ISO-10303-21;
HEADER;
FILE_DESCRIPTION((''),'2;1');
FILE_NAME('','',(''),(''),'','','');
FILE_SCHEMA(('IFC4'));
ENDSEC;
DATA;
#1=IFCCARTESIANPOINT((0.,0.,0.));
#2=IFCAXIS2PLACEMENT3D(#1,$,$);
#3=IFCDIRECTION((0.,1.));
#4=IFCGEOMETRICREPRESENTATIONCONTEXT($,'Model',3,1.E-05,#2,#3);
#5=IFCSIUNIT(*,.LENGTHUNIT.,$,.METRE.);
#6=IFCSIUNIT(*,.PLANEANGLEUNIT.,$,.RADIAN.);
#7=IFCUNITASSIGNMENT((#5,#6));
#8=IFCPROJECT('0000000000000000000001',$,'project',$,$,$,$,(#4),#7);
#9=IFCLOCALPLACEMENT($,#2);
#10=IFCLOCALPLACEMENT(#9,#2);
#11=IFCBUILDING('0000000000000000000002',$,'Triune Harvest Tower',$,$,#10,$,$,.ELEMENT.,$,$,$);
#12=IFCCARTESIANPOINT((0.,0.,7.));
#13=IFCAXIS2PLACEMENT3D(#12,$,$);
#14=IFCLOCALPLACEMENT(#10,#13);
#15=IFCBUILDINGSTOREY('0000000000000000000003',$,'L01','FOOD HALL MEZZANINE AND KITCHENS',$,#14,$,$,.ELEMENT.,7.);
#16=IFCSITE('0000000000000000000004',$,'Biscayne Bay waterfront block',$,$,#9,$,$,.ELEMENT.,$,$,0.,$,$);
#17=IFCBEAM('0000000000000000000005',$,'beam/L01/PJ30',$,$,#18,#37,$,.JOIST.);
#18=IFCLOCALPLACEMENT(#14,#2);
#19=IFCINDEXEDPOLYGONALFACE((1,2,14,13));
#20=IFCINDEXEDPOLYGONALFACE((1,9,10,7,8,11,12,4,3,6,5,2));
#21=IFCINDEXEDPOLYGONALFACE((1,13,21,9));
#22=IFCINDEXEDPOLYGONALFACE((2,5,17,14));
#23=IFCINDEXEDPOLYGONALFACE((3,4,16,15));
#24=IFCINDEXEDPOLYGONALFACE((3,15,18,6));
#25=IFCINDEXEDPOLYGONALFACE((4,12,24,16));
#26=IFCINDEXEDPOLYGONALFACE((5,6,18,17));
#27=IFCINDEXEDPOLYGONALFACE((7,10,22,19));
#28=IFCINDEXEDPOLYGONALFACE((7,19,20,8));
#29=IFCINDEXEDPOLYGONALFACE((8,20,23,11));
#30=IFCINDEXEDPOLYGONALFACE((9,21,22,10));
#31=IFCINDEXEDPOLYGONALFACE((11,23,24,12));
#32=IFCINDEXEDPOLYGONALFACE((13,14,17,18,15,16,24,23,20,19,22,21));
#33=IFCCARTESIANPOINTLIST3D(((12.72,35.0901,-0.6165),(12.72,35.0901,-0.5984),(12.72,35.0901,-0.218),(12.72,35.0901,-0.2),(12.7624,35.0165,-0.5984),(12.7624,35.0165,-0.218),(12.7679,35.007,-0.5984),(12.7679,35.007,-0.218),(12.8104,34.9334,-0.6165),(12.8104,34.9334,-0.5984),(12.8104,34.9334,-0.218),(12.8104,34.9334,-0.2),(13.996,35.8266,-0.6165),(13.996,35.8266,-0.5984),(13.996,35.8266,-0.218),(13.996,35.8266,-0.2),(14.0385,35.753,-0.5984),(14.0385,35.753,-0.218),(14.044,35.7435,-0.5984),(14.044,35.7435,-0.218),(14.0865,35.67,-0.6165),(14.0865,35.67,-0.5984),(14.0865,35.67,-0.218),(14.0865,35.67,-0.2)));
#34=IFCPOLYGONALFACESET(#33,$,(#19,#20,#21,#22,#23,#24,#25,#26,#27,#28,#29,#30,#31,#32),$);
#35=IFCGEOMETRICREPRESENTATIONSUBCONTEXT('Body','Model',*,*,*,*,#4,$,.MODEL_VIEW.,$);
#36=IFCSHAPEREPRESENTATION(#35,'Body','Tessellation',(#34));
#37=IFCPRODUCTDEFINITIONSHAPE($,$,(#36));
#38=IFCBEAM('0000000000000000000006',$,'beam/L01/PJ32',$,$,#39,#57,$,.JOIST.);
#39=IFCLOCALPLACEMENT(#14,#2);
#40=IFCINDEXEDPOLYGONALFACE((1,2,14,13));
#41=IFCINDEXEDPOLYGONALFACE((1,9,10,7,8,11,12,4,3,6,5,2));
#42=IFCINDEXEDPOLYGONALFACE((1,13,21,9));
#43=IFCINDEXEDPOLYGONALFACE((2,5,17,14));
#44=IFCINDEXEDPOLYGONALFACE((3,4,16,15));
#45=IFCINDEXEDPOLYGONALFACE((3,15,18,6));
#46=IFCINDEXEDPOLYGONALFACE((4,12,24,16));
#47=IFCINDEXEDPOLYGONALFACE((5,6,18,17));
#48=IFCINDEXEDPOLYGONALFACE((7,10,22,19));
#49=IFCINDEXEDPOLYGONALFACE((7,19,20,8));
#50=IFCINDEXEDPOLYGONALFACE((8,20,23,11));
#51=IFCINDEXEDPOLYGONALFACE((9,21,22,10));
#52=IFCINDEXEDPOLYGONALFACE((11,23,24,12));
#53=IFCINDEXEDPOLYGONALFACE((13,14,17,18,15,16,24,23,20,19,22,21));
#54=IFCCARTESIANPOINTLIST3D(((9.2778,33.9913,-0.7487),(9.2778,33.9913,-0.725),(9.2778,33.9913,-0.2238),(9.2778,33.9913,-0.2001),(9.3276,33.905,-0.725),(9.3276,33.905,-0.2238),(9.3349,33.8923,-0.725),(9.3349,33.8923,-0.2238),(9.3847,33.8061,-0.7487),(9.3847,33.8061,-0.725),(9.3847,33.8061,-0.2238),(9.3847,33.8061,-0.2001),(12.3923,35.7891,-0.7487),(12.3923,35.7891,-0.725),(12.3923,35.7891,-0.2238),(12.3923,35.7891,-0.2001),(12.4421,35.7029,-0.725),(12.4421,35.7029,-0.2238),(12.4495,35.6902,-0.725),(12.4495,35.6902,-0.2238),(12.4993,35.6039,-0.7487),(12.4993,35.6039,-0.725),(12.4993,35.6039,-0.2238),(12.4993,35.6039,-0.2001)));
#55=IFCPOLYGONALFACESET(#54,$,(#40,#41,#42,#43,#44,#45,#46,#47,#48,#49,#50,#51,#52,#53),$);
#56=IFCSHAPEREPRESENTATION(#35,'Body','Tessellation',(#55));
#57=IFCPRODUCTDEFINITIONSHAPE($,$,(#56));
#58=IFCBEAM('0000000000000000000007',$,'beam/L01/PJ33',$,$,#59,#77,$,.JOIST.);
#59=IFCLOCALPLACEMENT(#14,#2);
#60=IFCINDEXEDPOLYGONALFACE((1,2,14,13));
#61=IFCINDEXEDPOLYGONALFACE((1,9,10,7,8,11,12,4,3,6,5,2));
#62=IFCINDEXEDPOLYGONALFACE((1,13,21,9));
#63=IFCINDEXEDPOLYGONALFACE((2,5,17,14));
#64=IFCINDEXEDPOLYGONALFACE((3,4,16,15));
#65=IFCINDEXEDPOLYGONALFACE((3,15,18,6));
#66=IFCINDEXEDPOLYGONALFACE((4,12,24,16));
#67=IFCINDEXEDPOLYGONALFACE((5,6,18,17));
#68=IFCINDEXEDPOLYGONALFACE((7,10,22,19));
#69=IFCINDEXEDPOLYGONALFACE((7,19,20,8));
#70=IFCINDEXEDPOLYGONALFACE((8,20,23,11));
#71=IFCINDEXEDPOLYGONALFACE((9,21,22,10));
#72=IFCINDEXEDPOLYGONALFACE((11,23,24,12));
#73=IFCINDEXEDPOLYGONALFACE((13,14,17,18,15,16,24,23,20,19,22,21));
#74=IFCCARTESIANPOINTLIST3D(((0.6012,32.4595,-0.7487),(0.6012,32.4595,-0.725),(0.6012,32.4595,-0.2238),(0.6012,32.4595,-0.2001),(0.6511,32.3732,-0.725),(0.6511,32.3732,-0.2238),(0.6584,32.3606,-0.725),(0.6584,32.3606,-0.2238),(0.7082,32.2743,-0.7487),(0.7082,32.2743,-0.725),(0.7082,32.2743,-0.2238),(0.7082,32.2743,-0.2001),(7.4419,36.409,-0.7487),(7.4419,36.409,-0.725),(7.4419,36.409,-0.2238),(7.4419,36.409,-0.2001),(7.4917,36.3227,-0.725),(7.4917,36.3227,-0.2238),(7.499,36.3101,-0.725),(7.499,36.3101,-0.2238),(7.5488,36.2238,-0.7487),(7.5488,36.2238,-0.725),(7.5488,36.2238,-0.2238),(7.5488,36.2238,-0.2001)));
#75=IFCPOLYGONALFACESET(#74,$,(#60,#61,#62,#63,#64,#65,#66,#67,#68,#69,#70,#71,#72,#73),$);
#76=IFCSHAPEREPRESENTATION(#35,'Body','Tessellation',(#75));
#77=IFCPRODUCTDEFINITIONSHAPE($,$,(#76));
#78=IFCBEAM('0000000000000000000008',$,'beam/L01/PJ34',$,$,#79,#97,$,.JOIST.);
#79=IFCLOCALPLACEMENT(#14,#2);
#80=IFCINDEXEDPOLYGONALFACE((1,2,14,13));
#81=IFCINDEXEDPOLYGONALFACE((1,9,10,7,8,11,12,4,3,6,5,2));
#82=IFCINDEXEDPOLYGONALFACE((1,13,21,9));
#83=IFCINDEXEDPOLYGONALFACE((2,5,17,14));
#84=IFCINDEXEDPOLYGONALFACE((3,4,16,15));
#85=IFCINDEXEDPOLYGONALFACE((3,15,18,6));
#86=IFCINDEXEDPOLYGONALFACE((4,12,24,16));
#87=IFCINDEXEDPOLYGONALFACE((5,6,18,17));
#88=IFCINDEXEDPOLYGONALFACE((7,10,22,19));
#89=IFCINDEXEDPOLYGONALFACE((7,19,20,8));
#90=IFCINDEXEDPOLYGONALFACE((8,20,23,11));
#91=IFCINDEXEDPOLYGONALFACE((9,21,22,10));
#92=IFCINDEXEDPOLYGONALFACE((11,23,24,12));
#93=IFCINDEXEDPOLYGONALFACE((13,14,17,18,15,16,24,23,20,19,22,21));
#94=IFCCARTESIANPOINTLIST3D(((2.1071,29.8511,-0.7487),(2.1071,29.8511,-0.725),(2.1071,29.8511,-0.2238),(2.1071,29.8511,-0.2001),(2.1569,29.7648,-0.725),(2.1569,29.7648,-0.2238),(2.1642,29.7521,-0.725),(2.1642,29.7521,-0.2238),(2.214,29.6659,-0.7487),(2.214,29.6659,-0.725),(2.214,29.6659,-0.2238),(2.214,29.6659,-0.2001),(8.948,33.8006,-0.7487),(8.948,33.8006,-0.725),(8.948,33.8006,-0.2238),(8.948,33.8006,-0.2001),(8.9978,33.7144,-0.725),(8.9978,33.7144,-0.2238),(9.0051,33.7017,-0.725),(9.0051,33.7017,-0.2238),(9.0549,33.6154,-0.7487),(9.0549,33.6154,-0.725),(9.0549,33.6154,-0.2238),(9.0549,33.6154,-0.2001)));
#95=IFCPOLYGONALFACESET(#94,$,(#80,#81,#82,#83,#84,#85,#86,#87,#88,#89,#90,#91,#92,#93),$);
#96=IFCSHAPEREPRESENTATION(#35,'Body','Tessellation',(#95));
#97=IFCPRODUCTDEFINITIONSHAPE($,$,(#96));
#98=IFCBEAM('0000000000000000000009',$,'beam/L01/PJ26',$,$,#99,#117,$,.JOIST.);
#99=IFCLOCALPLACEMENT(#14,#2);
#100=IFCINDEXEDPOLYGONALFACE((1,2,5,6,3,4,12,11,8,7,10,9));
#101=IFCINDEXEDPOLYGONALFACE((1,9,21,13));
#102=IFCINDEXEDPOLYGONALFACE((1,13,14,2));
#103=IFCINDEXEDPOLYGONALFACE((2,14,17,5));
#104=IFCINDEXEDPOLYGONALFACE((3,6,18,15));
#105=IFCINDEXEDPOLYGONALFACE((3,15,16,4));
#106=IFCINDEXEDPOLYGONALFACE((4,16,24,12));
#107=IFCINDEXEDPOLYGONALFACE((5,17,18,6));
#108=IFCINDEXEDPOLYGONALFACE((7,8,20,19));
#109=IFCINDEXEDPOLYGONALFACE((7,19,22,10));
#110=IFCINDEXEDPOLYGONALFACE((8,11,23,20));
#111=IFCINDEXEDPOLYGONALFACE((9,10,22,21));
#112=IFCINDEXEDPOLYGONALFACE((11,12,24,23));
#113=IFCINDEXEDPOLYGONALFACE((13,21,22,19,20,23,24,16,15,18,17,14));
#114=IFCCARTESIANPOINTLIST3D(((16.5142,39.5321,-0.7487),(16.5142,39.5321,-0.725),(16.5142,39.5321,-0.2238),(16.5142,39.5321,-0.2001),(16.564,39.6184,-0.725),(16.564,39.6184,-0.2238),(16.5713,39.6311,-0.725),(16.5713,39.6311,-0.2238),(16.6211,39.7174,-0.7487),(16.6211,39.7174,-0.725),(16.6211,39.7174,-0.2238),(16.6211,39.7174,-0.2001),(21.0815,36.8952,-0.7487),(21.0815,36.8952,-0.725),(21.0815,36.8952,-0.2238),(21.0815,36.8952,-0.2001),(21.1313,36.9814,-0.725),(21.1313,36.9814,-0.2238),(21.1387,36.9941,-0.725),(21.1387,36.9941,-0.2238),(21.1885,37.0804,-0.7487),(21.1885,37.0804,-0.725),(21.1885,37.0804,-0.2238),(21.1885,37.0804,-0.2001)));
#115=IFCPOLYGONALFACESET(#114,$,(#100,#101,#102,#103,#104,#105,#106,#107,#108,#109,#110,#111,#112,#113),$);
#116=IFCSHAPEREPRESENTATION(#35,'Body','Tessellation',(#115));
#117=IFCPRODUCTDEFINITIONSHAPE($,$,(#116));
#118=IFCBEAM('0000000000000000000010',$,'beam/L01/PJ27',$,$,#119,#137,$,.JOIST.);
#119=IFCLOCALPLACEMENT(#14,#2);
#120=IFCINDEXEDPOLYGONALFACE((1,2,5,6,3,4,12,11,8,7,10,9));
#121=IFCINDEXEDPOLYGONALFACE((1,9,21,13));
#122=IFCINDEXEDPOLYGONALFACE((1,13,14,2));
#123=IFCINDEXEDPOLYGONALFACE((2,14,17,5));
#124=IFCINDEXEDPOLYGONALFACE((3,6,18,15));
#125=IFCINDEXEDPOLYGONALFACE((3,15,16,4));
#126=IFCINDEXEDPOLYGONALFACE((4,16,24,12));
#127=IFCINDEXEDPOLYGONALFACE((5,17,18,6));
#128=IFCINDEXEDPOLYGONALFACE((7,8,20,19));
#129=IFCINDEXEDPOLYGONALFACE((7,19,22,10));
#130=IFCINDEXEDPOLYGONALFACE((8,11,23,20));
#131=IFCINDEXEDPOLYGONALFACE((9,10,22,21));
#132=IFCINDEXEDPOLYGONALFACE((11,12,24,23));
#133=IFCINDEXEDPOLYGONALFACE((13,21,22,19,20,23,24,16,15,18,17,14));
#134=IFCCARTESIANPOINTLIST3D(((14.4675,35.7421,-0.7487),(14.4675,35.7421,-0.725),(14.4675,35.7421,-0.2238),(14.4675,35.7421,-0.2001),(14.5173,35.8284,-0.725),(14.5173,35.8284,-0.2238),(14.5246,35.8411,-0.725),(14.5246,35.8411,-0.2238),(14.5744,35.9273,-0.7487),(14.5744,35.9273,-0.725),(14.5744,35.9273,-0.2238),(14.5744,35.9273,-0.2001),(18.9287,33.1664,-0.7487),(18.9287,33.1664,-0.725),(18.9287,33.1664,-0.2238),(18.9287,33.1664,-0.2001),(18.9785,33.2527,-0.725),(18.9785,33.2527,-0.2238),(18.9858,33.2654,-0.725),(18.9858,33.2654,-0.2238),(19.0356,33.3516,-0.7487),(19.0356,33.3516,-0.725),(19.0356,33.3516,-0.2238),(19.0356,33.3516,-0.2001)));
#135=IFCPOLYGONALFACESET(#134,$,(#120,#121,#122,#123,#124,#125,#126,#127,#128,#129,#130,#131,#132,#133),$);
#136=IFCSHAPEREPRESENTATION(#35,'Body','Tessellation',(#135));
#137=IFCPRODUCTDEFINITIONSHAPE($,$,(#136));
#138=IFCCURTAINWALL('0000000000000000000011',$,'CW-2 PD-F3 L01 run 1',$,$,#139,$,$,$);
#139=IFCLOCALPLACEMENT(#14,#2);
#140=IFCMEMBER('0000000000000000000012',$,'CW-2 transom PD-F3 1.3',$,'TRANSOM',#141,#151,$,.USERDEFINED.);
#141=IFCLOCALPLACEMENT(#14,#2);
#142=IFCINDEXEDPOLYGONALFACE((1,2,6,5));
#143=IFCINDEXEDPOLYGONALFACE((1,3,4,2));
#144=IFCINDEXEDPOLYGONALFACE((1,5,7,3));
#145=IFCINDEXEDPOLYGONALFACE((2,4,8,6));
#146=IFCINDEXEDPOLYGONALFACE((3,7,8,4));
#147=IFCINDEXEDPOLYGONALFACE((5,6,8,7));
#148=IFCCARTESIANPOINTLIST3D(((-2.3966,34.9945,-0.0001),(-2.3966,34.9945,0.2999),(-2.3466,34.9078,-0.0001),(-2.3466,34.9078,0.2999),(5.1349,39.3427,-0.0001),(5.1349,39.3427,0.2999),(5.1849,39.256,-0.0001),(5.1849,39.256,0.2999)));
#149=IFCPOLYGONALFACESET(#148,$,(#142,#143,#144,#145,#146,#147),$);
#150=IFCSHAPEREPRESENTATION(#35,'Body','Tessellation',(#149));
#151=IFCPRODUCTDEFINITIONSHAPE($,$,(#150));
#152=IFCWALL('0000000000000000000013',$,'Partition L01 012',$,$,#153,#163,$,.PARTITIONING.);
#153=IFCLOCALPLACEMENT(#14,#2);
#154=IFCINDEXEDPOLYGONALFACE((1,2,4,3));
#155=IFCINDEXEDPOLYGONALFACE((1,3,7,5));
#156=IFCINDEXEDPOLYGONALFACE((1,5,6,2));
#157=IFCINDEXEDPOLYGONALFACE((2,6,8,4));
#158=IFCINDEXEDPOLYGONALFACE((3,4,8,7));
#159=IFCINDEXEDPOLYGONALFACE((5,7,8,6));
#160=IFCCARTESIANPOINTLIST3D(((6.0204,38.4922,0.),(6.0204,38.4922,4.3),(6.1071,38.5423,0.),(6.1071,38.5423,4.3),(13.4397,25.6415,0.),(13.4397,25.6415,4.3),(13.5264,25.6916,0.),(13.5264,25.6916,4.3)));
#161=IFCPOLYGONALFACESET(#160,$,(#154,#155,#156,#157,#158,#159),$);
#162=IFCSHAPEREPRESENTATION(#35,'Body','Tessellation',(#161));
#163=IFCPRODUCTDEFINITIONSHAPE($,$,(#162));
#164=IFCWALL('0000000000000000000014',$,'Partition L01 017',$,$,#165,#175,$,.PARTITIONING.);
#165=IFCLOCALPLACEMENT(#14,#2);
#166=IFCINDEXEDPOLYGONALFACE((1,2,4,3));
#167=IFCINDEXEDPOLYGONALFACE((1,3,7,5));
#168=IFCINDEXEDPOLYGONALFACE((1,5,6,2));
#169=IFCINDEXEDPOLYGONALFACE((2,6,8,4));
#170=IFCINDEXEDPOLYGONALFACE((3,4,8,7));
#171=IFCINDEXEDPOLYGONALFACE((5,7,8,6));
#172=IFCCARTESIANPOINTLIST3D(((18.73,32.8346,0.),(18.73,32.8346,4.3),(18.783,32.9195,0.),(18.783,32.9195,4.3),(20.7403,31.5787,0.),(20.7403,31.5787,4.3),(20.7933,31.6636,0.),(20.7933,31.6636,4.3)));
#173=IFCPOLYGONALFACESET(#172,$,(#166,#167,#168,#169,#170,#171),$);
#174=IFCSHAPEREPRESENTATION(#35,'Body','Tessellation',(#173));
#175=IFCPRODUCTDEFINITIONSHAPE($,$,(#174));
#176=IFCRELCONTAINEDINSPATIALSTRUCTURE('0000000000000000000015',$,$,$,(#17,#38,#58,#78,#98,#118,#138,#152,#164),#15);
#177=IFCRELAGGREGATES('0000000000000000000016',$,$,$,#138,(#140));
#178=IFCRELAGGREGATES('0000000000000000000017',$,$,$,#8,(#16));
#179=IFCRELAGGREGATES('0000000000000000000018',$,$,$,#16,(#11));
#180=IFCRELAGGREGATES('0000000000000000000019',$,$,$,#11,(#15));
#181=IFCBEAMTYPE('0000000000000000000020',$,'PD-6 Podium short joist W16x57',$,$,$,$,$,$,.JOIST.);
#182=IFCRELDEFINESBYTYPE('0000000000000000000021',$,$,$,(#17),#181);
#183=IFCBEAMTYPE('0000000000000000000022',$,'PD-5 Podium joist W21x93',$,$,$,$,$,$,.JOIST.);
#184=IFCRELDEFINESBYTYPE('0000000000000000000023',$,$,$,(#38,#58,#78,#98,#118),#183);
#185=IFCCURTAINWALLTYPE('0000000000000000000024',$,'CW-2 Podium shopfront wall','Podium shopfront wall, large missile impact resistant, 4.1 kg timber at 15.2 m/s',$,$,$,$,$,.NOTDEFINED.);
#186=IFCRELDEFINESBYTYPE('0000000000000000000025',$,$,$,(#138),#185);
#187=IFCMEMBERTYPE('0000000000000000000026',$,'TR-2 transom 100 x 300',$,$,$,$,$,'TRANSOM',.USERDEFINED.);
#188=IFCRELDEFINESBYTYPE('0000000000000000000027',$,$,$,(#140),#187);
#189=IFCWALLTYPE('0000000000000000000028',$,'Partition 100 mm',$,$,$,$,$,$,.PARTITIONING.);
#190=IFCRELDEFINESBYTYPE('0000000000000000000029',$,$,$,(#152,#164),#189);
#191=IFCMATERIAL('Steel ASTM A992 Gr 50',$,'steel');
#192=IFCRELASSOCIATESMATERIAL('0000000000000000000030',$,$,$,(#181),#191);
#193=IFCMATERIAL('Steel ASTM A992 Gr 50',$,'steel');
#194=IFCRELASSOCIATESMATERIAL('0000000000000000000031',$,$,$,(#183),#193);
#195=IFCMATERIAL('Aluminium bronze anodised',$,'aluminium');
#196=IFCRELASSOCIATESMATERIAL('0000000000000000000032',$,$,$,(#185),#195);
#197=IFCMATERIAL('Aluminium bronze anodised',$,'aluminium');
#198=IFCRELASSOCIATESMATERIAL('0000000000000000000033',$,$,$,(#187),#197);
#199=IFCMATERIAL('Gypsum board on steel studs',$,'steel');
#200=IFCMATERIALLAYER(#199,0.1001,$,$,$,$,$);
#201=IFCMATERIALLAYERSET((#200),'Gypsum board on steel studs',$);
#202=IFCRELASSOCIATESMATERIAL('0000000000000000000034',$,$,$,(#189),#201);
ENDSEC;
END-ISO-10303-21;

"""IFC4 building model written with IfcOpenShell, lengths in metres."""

from ifc_helpers import new_model, si_unit, direction, frame, frame_2d, origin, origin_2d, place, context, subcontext, project, spatial, rectangle, i_section, extrude, source, transform, mapped, material, layer, layer_set, material_profile, profile_set, type_object, element, aggregate, save


model = new_model("IFC4")

# Units and contexts
model_context = context("Model", 3, precision=1e-05, world=origin(), true_north=direction((0.0, 1.0)))
body_context = subcontext(model_context, "Body", "Model", "MODEL_VIEW")
ifc_project = project(units=[si_unit("LENGTHUNIT", "METRE"), si_unit("PLANEANGLEUNIT", "RADIAN")], contexts=[model_context])

# Site, building, storey
site_placement = place(None, origin())
site = spatial("IfcSite", under=ifc_project, at=site_placement, Name="Biscayne Bay waterfront block", CompositionType="ELEMENT", RefElevation=0.0)
building_placement = place(site_placement, origin())
building = spatial("IfcBuilding", under=site, at=building_placement, Name="Triune Harvest Tower", CompositionType="ELEMENT")
storey_placement = place(building_placement, frame((0.0, 0.0, 7.0)))
storey = spatial("IfcBuildingStorey", under=building, at=storey_placement, Name="L01", Description="FOOD HALL MEZZANINE AND KITCHENS", CompositionType="ELEMENT", Elevation=7.0)

# Beams
ifc_material_1 = material(Name="Steel ASTM A992 Gr 50", Category="steel")
ifc_material_profile_1 = material_profile(ifc_material_1, i_section(OverallWidth=0.1809, OverallDepth=0.4165, WebThickness=0.011, FlangeThickness=0.0181, at=origin_2d()), Name="W16x57")
ifc_profile_set_1 = profile_set([ifc_material_profile_1], Name="Steel ASTM A992 Gr 50")
beam_type_1 = type_object("IfcBeamType", Name="PD-6 Podium short joist W16x57", PredefinedType="JOIST", material=ifc_profile_set_1)
shared_shape_1 = source(origin(), body_context, "Body", "SweptSolid", [
    extrude(i_section(OverallWidth=0.1809, OverallDepth=0.4165, WebThickness=0.011, FlangeThickness=0.0181, at=origin_2d()), origin(), (0.0, 0.0, 1.0), 1.4734),
])
beam_1_placement = place(storey_placement, frame((14.0413, 35.7483, -0.4082), z_axis=(-0.866084, -0.499899, 0.0), x_axis=(0.499899, -0.866084, 0.0)))
element("IfcBeam", 1, at=beam_1_placement, inside=storey, type_object=beam_type_1, Name="beam/L01/PJ30", PredefinedType="JOIST", context=body_context, shape_type="MappedRepresentation", body=[
    mapped(shared_shape_1, transform((0.0, 0.0, 0.0), scale=1.0)),
])
ifc_material_2 = material(Name="Steel ASTM A992 Gr 50", Category="steel")
ifc_material_profile_2 = material_profile(ifc_material_2, i_section(OverallWidth=0.2139, OverallDepth=0.5486, WebThickness=0.0146, FlangeThickness=0.0237, at=origin_2d()), Name="W21x93")
ifc_profile_set_2 = profile_set([ifc_material_profile_2], Name="Steel ASTM A992 Gr 50")
beam_type_2 = type_object("IfcBeamType", Name="PD-5 Podium joist W21x93", PredefinedType="JOIST", material=ifc_profile_set_2)
shared_shape_2 = source(origin(), body_context, "Body", "SweptSolid", [
    extrude(i_section(OverallWidth=0.2139, OverallDepth=0.5486, WebThickness=0.0146, FlangeThickness=0.0237, at=origin_2d()), origin(), (0.0, 0.0, 1.0), 3.5962),
])
beam_2_placement = place(storey_placement, frame((12.4458, 35.6965, -0.4744), z_axis=(-0.866062, -0.499936, 0.0), x_axis=(0.499936, -0.866062, 0.0)))
element("IfcBeam", 2, at=beam_2_placement, inside=storey, type_object=beam_type_2, Name="beam/L01/PJ32", PredefinedType="JOIST", context=body_context, shape_type="MappedRepresentation", body=[
    mapped(shared_shape_2, transform((0.0, 0.0, 0.0), scale=1.0)),
])
shared_shape_3 = source(origin(), body_context, "Body", "SweptSolid", [
    extrude(i_section(OverallWidth=0.2139, OverallDepth=0.5486, WebThickness=0.0146, FlangeThickness=0.0237, at=origin_2d()), origin(), (0.0, 0.0, 1.0), 7.8989),
])
beam_3_placement = place(storey_placement, frame((7.4954, 36.3164, -0.4744), z_axis=(-0.866022, -0.500005, 0.0), x_axis=(0.500005, -0.866022, 0.0)))
element("IfcBeam", 3, at=beam_3_placement, inside=storey, type_object=beam_type_2, Name="beam/L01/PJ33", PredefinedType="JOIST", context=body_context, shape_type="MappedRepresentation", body=[
    mapped(shared_shape_3, transform((0.0, 0.0, 0.0), scale=1.0)),
])
shared_shape_4 = source(origin(), body_context, "Body", "SweptSolid", [
    extrude(i_section(OverallWidth=0.2139, OverallDepth=0.5486, WebThickness=0.0146, FlangeThickness=0.0237, at=origin_2d()), origin(), (0.0, 0.0, 1.0), 7.8992),
])
beam_4_placement = place(storey_placement, frame((9.0015, 33.708, -0.4744), z_axis=(-0.86603, -0.499992, 0.0), x_axis=(0.499992, -0.86603, 0.0)))
element("IfcBeam", 4, at=beam_4_placement, inside=storey, type_object=beam_type_2, Name="beam/L01/PJ34", PredefinedType="JOIST", context=body_context, shape_type="MappedRepresentation", body=[
    mapped(shared_shape_4, transform((0.0, 0.0, 0.0), scale=1.0)),
])
shared_shape_5 = source(origin(), body_context, "Body", "SweptSolid", [
    extrude(i_section(OverallWidth=0.2139, OverallDepth=0.5486, WebThickness=0.0146, FlangeThickness=0.0237, at=origin_2d()), origin(), (0.0, 0.0, 1.0), 5.2739),
])
beam_5_placement = place(storey_placement, frame((21.135, 36.9878, -0.4744), z_axis=(-0.866027, 0.499998, 0.0), x_axis=(-0.499998, -0.866027, 0.0)))
element("IfcBeam", 5, at=beam_5_placement, inside=storey, type_object=beam_type_2, Name="beam/L01/PJ26", PredefinedType="JOIST", context=body_context, shape_type="MappedRepresentation", body=[
    mapped(shared_shape_5, transform((0.0, 0.0, 0.0), scale=1.0)),
])
shared_shape_6 = source(origin(), body_context, "Body", "SweptSolid", [
    extrude(i_section(OverallWidth=0.2139, OverallDepth=0.5486, WebThickness=0.0146, FlangeThickness=0.0237, at=origin_2d()), origin(), (0.0, 0.0, 1.0), 5.1514),
])
beam_6_placement = place(storey_placement, frame((18.9822, 33.259, -0.4744), z_axis=(-0.866024, 0.500003, 0.0), x_axis=(-0.500003, -0.866024, 0.0)))
element("IfcBeam", 6, at=beam_6_placement, inside=storey, type_object=beam_type_2, Name="beam/L01/PJ27", PredefinedType="JOIST", context=body_context, shape_type="MappedRepresentation", body=[
    mapped(shared_shape_6, transform((0.0, 0.0, 0.0), scale=1.0)),
])

# Curtain wall, member
ifc_material_3 = material(Name="Aluminium bronze anodised", Category="aluminium")
curtain_wall_type = type_object("IfcCurtainWallType", Name="CW-2 Podium shopfront wall", Description="Podium shopfront wall, large missile impact resistant, 4.1 kg timber at 15.2 m/s", PredefinedType="NOTDEFINED", material=ifc_material_3)
curtain_wall_placement = place(storey_placement, origin())
curtain_wall = element("IfcCurtainWall", 7, at=curtain_wall_placement, inside=storey, type_object=curtain_wall_type, Name="CW-2 PD-F3 L01 run 1")
ifc_material_4 = material(Name="Aluminium bronze anodised", Category="aluminium")
ifc_material_profile_3 = material_profile(ifc_material_4, rectangle(XDim=0.1001, YDim=0.3, at=origin_2d()), Name="TR-2 transom 100 x 300")
ifc_profile_set_3 = profile_set([ifc_material_profile_3], Name="Aluminium bronze anodised")
member_type = type_object("IfcMemberType", Name="TR-2 transom 100 x 300", ElementType="TRANSOM", PredefinedType="USERDEFINED", material=ifc_profile_set_3)
shared_shape_7 = source(origin(), body_context, "Body", "SweptSolid", [
    extrude(rectangle(XDim=0.1001, YDim=0.3, at=origin_2d()), origin(), (0.0, 0.0, 1.0), 8.6965),
])
member_placement = place(storey_placement, frame((5.1599, 39.2993, 0.1499), z_axis=(-0.866034, -0.499986, 0.0), x_axis=(0.499986, -0.866034, 0.0)))
member = element("IfcMember", 8, at=member_placement, type_object=member_type, Name="CW-2 transom PD-F3 1.3", ObjectType="TRANSOM", PredefinedType="USERDEFINED", context=body_context, shape_type="MappedRepresentation", body=[
    mapped(shared_shape_7, transform((0.0, 0.0, 0.0), scale=1.0)),
])
aggregate(curtain_wall, [member])

# Walls
ifc_material_5 = material(Name="Gypsum board on steel studs", Category="steel")
ifc_layer_1 = layer(ifc_material_5, 0.1001)
ifc_layer_set_1 = layer_set([ifc_layer_1], Name="Gypsum board on steel studs")
wall_type_1 = type_object("IfcWallType", Name="Partition 100 mm", PredefinedType="PARTITIONING", material=ifc_layer_set_1)
wall_1_placement = place(storey_placement, frame((6.0637, 38.5173, 0.0), z_axis=(0.0, 0.0, 1.0), x_axis=(0.499995, -0.866028, 0.0)))
element("IfcWall", 9, at=wall_1_placement, inside=storey, type_object=wall_type_1, Name="Partition L01 012", PredefinedType="PARTITIONING", context=body_context, shape_type="SweptSolid", body=[
    extrude(rectangle(XDim=14.8386, YDim=0.1001, at=frame_2d((7.4194, 0.0))), origin(), (0.0, 0.0, 1.0), 4.3),
])
wall_2_placement = place(storey_placement, frame((18.7566, 32.877, 0.0), z_axis=(0.0, 0.0, 1.0), x_axis=(0.848102, -0.529832, 0.0)))
element("IfcWall", 10, at=wall_2_placement, inside=storey, type_object=wall_type_1, Name="Partition L01 017", PredefinedType="PARTITIONING", context=body_context, shape_type="SweptSolid", body=[
    extrude(rectangle(XDim=2.3704, YDim=0.1001, at=frame_2d((1.1851, 0.0))), origin(), (0.0, 0.0, 1.0), 4.3),
])

save(model, "model.ifc")
